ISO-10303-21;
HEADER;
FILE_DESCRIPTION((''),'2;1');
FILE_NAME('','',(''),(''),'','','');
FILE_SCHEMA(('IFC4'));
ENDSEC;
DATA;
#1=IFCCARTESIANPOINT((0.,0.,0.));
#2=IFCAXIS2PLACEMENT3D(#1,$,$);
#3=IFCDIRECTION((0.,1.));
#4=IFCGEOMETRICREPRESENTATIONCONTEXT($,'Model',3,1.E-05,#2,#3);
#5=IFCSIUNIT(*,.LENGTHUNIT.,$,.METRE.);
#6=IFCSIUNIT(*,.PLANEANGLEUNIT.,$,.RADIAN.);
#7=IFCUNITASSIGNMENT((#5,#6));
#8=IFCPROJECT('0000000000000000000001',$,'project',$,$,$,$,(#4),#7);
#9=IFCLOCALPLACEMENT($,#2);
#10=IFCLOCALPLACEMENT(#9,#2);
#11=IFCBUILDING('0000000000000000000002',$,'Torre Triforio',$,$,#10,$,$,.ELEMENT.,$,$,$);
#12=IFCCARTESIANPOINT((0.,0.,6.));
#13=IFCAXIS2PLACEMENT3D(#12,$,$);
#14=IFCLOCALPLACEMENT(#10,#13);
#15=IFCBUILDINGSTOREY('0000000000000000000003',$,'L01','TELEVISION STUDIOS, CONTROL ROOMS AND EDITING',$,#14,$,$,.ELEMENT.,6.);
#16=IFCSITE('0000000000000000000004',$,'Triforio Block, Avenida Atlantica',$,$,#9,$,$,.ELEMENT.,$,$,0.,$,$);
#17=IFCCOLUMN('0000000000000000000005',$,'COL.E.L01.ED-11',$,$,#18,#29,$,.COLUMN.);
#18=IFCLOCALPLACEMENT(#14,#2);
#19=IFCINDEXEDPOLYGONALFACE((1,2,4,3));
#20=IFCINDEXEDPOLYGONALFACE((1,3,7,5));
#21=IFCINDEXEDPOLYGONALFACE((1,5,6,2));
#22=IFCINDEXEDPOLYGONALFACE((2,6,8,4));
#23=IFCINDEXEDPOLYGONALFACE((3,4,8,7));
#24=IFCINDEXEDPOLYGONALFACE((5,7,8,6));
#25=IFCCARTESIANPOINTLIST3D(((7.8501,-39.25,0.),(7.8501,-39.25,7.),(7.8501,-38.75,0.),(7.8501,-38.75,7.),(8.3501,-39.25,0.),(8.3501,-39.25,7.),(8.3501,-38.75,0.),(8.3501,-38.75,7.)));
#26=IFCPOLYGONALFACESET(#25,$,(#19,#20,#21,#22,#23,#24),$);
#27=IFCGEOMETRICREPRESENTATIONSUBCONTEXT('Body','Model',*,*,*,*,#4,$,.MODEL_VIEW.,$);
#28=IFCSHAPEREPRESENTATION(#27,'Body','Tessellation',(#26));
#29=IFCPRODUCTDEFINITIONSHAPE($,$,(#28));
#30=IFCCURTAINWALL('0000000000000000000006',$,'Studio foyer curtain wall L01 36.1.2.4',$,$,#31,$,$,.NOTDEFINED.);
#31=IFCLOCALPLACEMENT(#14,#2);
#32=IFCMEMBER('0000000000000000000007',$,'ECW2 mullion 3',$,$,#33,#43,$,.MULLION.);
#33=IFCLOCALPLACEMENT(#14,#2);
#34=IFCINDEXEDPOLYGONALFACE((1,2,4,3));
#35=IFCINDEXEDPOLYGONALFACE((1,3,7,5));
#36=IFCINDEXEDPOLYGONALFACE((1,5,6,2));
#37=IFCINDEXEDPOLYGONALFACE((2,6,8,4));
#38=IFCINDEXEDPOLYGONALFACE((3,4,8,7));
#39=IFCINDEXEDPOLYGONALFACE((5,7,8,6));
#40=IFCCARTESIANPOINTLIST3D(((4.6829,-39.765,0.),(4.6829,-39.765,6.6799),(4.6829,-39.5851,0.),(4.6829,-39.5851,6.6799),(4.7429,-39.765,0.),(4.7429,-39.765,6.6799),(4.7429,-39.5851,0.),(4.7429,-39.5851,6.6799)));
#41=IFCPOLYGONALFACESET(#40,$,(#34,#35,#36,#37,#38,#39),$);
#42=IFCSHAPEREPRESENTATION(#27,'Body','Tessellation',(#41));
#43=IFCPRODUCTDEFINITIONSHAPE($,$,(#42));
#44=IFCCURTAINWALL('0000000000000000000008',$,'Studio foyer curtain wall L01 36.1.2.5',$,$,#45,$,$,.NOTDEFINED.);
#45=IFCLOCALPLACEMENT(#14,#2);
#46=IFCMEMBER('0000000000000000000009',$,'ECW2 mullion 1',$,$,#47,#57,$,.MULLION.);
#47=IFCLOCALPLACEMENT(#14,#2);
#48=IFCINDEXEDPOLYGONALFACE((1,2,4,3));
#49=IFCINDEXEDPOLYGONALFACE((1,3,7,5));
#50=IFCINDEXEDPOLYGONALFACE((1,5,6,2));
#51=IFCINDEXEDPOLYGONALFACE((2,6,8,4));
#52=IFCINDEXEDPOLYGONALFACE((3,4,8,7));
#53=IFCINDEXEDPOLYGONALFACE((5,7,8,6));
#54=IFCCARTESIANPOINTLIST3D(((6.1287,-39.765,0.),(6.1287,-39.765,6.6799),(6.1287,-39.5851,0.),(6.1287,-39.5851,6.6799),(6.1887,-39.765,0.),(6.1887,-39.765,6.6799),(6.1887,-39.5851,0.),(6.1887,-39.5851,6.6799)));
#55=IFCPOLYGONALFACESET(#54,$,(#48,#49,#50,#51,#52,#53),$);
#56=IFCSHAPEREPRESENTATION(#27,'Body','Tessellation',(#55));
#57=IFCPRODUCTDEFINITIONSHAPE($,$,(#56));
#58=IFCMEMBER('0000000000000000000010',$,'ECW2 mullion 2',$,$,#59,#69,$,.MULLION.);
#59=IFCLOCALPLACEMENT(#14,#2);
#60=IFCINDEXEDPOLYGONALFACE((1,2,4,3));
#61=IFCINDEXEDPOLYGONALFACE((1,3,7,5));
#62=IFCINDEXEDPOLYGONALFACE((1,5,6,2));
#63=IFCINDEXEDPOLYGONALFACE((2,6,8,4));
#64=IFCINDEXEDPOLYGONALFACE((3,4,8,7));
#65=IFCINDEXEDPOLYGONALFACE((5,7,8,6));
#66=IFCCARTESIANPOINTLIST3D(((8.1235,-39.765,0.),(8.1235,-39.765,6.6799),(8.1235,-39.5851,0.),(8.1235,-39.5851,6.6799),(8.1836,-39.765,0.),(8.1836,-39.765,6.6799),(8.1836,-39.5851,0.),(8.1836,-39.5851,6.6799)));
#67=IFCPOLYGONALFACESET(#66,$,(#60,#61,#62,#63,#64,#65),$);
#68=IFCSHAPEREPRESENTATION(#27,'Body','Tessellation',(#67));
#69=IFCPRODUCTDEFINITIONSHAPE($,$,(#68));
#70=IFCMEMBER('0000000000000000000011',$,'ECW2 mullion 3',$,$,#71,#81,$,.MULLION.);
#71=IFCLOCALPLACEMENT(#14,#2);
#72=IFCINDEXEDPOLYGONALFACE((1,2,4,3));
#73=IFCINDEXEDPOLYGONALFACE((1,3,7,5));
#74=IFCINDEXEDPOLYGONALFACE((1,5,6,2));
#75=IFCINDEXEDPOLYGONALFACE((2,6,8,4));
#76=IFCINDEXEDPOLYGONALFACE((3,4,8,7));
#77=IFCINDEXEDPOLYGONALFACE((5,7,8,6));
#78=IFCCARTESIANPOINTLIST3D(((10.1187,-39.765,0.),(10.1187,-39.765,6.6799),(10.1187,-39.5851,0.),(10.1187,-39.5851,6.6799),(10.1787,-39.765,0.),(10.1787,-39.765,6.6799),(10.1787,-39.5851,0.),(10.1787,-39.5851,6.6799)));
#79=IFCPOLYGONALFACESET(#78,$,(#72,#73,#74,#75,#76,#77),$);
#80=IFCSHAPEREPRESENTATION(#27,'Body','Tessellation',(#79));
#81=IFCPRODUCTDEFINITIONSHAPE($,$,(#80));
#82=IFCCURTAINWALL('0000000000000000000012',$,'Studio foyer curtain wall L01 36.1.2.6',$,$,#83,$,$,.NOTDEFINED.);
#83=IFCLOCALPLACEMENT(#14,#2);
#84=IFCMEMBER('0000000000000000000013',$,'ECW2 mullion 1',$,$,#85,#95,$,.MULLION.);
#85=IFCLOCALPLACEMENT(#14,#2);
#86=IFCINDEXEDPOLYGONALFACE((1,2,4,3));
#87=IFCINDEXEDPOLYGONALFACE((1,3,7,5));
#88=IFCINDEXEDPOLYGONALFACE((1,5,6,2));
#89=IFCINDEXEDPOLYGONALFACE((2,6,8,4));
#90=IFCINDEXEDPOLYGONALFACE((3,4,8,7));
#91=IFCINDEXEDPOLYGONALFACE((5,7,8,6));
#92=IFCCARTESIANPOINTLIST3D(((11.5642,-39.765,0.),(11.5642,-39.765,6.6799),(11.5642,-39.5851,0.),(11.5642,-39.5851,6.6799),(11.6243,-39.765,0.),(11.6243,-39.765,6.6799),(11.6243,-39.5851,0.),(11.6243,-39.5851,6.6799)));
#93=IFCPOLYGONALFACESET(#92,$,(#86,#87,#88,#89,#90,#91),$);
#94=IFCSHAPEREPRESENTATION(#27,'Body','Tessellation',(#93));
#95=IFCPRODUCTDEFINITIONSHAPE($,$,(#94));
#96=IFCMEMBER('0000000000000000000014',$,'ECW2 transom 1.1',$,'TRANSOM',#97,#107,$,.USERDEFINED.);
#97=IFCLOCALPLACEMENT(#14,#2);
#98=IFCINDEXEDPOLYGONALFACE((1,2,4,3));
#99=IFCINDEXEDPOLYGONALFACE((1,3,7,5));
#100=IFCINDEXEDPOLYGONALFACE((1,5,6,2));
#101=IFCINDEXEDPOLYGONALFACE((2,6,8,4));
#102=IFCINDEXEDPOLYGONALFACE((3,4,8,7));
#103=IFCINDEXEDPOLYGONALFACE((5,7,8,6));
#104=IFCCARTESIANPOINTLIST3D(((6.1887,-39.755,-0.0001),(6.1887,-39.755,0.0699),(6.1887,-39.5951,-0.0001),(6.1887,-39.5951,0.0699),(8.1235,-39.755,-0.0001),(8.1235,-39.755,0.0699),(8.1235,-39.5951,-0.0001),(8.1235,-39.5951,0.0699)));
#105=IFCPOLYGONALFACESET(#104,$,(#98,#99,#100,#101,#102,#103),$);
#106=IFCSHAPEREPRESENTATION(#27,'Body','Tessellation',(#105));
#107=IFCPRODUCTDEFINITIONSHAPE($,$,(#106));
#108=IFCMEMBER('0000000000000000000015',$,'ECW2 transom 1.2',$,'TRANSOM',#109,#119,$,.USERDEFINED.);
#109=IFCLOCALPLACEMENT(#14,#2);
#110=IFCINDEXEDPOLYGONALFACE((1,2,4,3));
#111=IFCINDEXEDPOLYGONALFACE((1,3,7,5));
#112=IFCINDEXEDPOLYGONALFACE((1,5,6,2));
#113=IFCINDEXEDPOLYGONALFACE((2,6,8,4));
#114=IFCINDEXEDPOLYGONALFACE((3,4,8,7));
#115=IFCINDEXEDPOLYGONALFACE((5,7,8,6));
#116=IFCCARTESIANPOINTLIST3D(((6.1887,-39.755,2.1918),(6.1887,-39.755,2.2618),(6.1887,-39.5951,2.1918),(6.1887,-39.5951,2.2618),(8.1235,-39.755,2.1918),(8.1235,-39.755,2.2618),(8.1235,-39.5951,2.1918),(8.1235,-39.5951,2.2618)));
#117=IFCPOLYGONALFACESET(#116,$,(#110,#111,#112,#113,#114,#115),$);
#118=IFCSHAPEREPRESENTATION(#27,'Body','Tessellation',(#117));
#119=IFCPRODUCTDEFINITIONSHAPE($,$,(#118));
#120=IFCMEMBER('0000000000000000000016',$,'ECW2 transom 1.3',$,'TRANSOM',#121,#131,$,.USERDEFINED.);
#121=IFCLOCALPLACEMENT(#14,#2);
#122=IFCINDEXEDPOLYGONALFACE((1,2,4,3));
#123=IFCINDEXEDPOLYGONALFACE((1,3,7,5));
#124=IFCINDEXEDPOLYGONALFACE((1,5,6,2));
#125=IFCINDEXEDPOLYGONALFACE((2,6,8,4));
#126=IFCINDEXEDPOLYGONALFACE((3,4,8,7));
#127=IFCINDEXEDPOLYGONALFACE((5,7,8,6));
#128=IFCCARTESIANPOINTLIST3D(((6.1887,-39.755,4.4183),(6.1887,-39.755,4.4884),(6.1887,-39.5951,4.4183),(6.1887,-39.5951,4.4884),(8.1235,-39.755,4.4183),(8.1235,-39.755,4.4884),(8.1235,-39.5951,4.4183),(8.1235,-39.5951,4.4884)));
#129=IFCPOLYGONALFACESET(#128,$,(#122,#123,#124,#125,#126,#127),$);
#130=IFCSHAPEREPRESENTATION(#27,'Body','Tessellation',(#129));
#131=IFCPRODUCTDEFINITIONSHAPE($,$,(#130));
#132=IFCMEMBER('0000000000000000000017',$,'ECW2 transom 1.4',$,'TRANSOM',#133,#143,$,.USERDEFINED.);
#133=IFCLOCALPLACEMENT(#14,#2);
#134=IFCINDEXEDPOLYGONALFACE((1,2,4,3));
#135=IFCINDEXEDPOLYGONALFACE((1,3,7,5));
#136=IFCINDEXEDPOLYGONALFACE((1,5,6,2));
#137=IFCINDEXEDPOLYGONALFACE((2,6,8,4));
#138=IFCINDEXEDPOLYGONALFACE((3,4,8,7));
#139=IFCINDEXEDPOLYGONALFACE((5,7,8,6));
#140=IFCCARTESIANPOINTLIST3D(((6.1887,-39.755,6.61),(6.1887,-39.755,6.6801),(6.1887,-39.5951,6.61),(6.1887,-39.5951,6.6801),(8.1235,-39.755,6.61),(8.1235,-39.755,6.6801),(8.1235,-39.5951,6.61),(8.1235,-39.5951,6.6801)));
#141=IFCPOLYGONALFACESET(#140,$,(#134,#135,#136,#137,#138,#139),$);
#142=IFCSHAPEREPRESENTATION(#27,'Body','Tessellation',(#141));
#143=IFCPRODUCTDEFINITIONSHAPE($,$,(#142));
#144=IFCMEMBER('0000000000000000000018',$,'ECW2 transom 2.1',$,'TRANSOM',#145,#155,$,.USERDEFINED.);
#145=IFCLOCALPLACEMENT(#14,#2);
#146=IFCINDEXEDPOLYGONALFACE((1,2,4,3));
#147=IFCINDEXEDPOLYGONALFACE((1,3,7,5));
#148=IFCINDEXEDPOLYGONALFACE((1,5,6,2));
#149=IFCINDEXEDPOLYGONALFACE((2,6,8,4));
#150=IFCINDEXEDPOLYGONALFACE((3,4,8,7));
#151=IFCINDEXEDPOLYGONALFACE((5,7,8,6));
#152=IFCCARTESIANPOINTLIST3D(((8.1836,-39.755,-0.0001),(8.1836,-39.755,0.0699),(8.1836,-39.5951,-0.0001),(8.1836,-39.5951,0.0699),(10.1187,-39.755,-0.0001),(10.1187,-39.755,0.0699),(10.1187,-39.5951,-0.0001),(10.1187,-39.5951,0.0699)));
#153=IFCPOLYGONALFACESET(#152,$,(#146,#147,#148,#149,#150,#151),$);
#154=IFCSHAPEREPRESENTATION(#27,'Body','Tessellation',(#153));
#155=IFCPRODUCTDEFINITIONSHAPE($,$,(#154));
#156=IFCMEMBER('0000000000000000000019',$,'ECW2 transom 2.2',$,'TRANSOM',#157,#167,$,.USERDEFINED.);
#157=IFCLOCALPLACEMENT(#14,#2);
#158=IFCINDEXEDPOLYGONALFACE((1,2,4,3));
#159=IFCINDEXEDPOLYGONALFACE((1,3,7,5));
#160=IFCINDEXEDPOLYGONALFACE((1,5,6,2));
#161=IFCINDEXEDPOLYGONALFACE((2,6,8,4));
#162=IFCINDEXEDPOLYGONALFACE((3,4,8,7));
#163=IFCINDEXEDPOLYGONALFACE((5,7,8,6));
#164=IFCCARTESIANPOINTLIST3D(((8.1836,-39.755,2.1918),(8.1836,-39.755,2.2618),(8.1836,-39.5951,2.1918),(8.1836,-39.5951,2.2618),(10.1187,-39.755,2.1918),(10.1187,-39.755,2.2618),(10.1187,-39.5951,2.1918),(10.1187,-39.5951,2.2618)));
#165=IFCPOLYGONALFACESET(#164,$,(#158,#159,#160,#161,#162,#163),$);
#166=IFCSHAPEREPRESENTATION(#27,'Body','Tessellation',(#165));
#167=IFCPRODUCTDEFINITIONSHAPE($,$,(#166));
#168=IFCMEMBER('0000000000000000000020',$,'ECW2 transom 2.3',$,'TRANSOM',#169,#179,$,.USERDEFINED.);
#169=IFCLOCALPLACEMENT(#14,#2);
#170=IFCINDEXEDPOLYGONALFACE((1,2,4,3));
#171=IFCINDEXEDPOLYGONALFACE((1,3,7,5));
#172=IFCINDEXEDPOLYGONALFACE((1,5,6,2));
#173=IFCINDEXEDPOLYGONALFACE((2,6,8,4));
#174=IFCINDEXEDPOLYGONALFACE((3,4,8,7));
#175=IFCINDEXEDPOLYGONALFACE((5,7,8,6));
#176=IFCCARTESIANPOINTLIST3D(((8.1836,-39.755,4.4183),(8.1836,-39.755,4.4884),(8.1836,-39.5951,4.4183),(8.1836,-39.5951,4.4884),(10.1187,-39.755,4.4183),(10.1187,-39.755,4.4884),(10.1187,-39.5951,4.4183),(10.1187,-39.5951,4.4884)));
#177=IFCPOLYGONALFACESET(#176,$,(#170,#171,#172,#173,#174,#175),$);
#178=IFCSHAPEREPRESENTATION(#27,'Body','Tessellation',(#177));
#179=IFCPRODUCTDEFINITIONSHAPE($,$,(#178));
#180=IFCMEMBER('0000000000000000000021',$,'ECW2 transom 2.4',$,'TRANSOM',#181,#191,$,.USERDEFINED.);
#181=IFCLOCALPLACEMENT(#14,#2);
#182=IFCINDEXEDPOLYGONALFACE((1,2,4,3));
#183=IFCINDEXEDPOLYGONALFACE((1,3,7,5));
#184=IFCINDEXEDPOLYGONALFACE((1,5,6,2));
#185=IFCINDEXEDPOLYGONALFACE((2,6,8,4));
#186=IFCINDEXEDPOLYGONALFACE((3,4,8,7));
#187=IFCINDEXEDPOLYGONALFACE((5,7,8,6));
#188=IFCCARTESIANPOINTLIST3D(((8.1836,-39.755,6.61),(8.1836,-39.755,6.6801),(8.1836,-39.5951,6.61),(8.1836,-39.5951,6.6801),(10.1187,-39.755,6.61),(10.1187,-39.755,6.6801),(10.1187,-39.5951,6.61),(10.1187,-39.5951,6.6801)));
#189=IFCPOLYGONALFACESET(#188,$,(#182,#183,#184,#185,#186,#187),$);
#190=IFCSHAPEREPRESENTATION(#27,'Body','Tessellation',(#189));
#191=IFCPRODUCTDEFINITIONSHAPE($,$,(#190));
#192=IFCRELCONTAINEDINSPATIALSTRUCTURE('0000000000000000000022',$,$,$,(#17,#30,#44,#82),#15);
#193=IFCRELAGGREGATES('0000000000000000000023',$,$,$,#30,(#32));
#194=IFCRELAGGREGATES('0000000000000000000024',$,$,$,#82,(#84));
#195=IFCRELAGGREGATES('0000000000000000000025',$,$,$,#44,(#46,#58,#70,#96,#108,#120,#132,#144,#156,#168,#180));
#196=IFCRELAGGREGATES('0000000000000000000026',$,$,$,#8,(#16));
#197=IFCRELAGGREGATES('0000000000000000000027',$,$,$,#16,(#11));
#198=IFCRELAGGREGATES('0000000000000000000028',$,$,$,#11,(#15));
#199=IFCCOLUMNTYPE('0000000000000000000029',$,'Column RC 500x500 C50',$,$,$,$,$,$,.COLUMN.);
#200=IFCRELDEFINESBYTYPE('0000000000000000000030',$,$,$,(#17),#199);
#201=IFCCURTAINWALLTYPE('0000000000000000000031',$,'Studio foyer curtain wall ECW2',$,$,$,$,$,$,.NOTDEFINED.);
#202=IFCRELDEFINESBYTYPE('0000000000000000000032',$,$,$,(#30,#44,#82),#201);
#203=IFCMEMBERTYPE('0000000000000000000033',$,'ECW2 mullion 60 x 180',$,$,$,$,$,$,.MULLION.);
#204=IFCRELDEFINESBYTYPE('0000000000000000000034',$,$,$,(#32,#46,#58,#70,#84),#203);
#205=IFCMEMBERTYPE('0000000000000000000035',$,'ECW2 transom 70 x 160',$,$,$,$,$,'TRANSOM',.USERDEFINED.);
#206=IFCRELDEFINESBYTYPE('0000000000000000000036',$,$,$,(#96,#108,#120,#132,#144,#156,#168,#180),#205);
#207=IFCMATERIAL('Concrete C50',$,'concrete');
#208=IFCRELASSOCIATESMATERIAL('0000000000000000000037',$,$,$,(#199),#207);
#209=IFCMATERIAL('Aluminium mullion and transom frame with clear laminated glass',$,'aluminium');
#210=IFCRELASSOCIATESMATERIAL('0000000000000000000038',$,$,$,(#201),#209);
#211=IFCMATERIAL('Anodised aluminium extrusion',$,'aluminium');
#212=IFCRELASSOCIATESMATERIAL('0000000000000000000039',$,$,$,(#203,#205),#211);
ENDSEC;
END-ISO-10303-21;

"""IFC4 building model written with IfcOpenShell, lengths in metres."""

from ifc_helpers import new_model, si_unit, direction, frame, origin, origin_2d, place, context, subcontext, project, spatial, rectangle, extrude, material, material_profile, profile_set, type_object, element, aggregate, save


model = new_model("IFC4")

# Units and contexts
model_context = context("Model", 3, precision=1e-05, world=origin(), true_north=direction((0.0, 1.0)))
body_context = subcontext(model_context, "Body", "Model", "MODEL_VIEW")
ifc_project = project(units=[si_unit("LENGTHUNIT", "METRE"), si_unit("PLANEANGLEUNIT", "RADIAN")], contexts=[model_context])

# Site, building, storey
site_placement = place(None, origin())
site = spatial("IfcSite", under=ifc_project, at=site_placement, Name="Triforio Block, Avenida Atlantica", CompositionType="ELEMENT", RefElevation=0.0)
building_placement = place(site_placement, origin())
building = spatial("IfcBuilding", under=site, at=building_placement, Name="Torre Triforio", CompositionType="ELEMENT")
storey_placement = place(building_placement, frame((0.0, 0.0, 6.0)))
storey = spatial("IfcBuildingStorey", under=building, at=storey_placement, Name="L01", Description="TELEVISION STUDIOS, CONTROL ROOMS AND EDITING", CompositionType="ELEMENT", Elevation=6.0)

# Column
ifc_material_1 = material(Name="Concrete C50", Category="concrete")
ifc_material_profile_1 = material_profile(ifc_material_1, rectangle(XDim=0.5, YDim=0.5, at=origin_2d()), Name="RC 500x500")
ifc_profile_set_1 = profile_set([ifc_material_profile_1], Name="Concrete C50")
column_type = type_object("IfcColumnType", Name="Column RC 500x500 C50", PredefinedType="COLUMN", material=ifc_profile_set_1)
column_placement = place(storey_placement, frame((8.1001, -39.0, 0.0), z_axis=(0.0, 0.0, 1.0), x_axis=(1.0, 0.0, 0.0)))
element("IfcColumn", 1, at=column_placement, inside=storey, type_object=column_type, Name="COL.E.L01.ED-11", PredefinedType="COLUMN", context=body_context, shape_type="SweptSolid", body=[
    extrude(rectangle(XDim=0.5, YDim=0.5, at=origin_2d()), origin(), (0.0, 0.0, 1.0), 7.0),
])

# Curtain wall, member
ifc_material_2 = material(Name="Aluminium mullion and transom frame with clear laminated glass", Category="aluminium")
curtain_wall_type = type_object("IfcCurtainWallType", Name="Studio foyer curtain wall ECW2", PredefinedType="NOTDEFINED", material=ifc_material_2)
curtain_wall_1_placement = place(storey_placement, origin())
curtain_wall_1 = element("IfcCurtainWall", 2, at=curtain_wall_1_placement, inside=storey, type_object=curtain_wall_type, Name="Studio foyer curtain wall L01 36.1.2.4", PredefinedType="NOTDEFINED")
ifc_material_3 = material(Name="Anodised aluminium extrusion", Category="aluminium")
ifc_material_profile_2 = material_profile(ifc_material_3, rectangle(XDim=0.1799, YDim=0.0601, at=origin_2d()), Name="ECW2 MULLION 60x180")
ifc_profile_set_2 = profile_set([ifc_material_profile_2], Name="Anodised aluminium extrusion")
member_type_1 = type_object("IfcMemberType", Name="ECW2 mullion 60 x 180", PredefinedType="MULLION", material=ifc_profile_set_2)
member_1_placement = place(storey_placement, frame((4.7129, -39.675, 0.0), z_axis=(0.0, 0.0, 1.0), x_axis=(0.0, 1.0, 0.0)))
member_1 = element("IfcMember", 3, at=member_1_placement, type_object=member_type_1, Name="ECW2 mullion 3", PredefinedType="MULLION", context=body_context, shape_type="SweptSolid", body=[
    extrude(rectangle(XDim=0.1799, YDim=0.0601, at=origin_2d()), origin(), (0.0, 0.0, 1.0), 6.6799),
])
aggregate(curtain_wall_1, [member_1])

# Curtain wall, members
curtain_wall_2_placement = place(storey_placement, origin())
curtain_wall_2 = element("IfcCurtainWall", 4, at=curtain_wall_2_placement, inside=storey, type_object=curtain_wall_type, Name="Studio foyer curtain wall L01 36.1.2.5", PredefinedType="NOTDEFINED")
member_2_placement = place(storey_placement, frame((6.1587, -39.675, 0.0), z_axis=(0.0, 0.0, 1.0), x_axis=(0.0, 1.0, 0.0)))
member_2 = element("IfcMember", 5, at=member_2_placement, type_object=member_type_1, Name="ECW2 mullion 1", PredefinedType="MULLION", context=body_context, shape_type="SweptSolid", body=[
    extrude(rectangle(XDim=0.1799, YDim=0.0601, at=origin_2d()), origin(), (0.0, 0.0, 1.0), 6.6799),
])
member_3_placement = place(storey_placement, frame((8.1536, -39.675, 0.0), z_axis=(0.0, 0.0, 1.0), x_axis=(0.0, 1.0, 0.0)))
member_3 = element("IfcMember", 6, at=member_3_placement, type_object=member_type_1, Name="ECW2 mullion 2", PredefinedType="MULLION", context=body_context, shape_type="SweptSolid", body=[
    extrude(rectangle(XDim=0.1799, YDim=0.0601, at=origin_2d()), origin(), (0.0, 0.0, 1.0), 6.6799),
])
member_4_placement = place(storey_placement, frame((10.1487, -39.675, 0.0), z_axis=(0.0, 0.0, 1.0), x_axis=(0.0, 1.0, 0.0)))
member_4 = element("IfcMember", 7, at=member_4_placement, type_object=member_type_1, Name="ECW2 mullion 3", PredefinedType="MULLION", context=body_context, shape_type="SweptSolid", body=[
    extrude(rectangle(XDim=0.1799, YDim=0.0601, at=origin_2d()), origin(), (0.0, 0.0, 1.0), 6.6799),
])

# Curtain wall, member
curtain_wall_3_placement = place(storey_placement, origin())
curtain_wall_3 = element("IfcCurtainWall", 8, at=curtain_wall_3_placement, inside=storey, type_object=curtain_wall_type, Name="Studio foyer curtain wall L01 36.1.2.6", PredefinedType="NOTDEFINED")
member_5_placement = place(storey_placement, frame((11.5942, -39.675, 0.0), z_axis=(0.0, 0.0, 1.0), x_axis=(0.0, 1.0, 0.0)))
member_5 = element("IfcMember", 9, at=member_5_placement, type_object=member_type_1, Name="ECW2 mullion 1", PredefinedType="MULLION", context=body_context, shape_type="SweptSolid", body=[
    extrude(rectangle(XDim=0.1799, YDim=0.0601, at=origin_2d()), origin(), (0.0, 0.0, 1.0), 6.6799),
])

# Members
ifc_material_profile_3 = material_profile(ifc_material_3, rectangle(XDim=0.1599, YDim=0.0701, at=origin_2d()), Name="ECW2 TRANSOM 70x160")
ifc_profile_set_3 = profile_set([ifc_material_profile_3], Name="Anodised aluminium extrusion")
member_type_2 = type_object("IfcMemberType", Name="ECW2 transom 70 x 160", ElementType="TRANSOM", PredefinedType="USERDEFINED", material=ifc_profile_set_3)
member_6_placement = place(storey_placement, frame((6.1887, -39.675, 0.0349), z_axis=(1.0, 0.0, 0.0), x_axis=(0.0, 1.0, 0.0)))
member_6 = element("IfcMember", 10, at=member_6_placement, type_object=member_type_2, Name="ECW2 transom 1.1", ObjectType="TRANSOM", PredefinedType="USERDEFINED", context=body_context, shape_type="SweptSolid", body=[
    extrude(rectangle(XDim=0.1599, YDim=0.0701, at=origin_2d()), origin(), (0.0, 0.0, 1.0), 1.9348),
])
member_7_placement = place(storey_placement, frame((6.1887, -39.675, 2.2268), z_axis=(1.0, 0.0, 0.0), x_axis=(0.0, 1.0, 0.0)))
member_7 = element("IfcMember", 11, at=member_7_placement, type_object=member_type_2, Name="ECW2 transom 1.2", ObjectType="TRANSOM", PredefinedType="USERDEFINED", context=body_context, shape_type="SweptSolid", body=[
    extrude(rectangle(XDim=0.1599, YDim=0.0701, at=origin_2d()), origin(), (0.0, 0.0, 1.0), 1.9348),
])
member_8_placement = place(storey_placement, frame((6.1887, -39.675, 4.4534), z_axis=(1.0, 0.0, 0.0), x_axis=(0.0, 1.0, 0.0)))
member_8 = element("IfcMember", 12, at=member_8_placement, type_object=member_type_2, Name="ECW2 transom 1.3", ObjectType="TRANSOM", PredefinedType="USERDEFINED", context=body_context, shape_type="SweptSolid", body=[
    extrude(rectangle(XDim=0.1599, YDim=0.0701, at=origin_2d()), origin(), (0.0, 0.0, 1.0), 1.9348),
])
member_9_placement = place(storey_placement, frame((6.1887, -39.675, 6.645), z_axis=(1.0, 0.0, 0.0), x_axis=(0.0, 1.0, 0.0)))
member_9 = element("IfcMember", 13, at=member_9_placement, type_object=member_type_2, Name="ECW2 transom 1.4", ObjectType="TRANSOM", PredefinedType="USERDEFINED", context=body_context, shape_type="SweptSolid", body=[
    extrude(rectangle(XDim=0.1599, YDim=0.0701, at=origin_2d()), origin(), (0.0, 0.0, 1.0), 1.9348),
])
member_10_placement = place(storey_placement, frame((8.1836, -39.675, 0.0349), z_axis=(1.0, 0.0, 0.0), x_axis=(0.0, 1.0, 0.0)))
member_10 = element("IfcMember", 14, at=member_10_placement, type_object=member_type_2, Name="ECW2 transom 2.1", ObjectType="TRANSOM", PredefinedType="USERDEFINED", context=body_context, shape_type="SweptSolid", body=[
    extrude(rectangle(XDim=0.1599, YDim=0.0701, at=origin_2d()), origin(), (0.0, 0.0, 1.0), 1.9351),
])
member_11_placement = place(storey_placement, frame((8.1836, -39.675, 2.2268), z_axis=(1.0, 0.0, 0.0), x_axis=(0.0, 1.0, 0.0)))
member_11 = element("IfcMember", 15, at=member_11_placement, type_object=member_type_2, Name="ECW2 transom 2.2", ObjectType="TRANSOM", PredefinedType="USERDEFINED", context=body_context, shape_type="SweptSolid", body=[
    extrude(rectangle(XDim=0.1599, YDim=0.0701, at=origin_2d()), origin(), (0.0, 0.0, 1.0), 1.9351),
])
member_12_placement = place(storey_placement, frame((8.1836, -39.675, 4.4534), z_axis=(1.0, 0.0, 0.0), x_axis=(0.0, 1.0, 0.0)))
member_12 = element("IfcMember", 16, at=member_12_placement, type_object=member_type_2, Name="ECW2 transom 2.3", ObjectType="TRANSOM", PredefinedType="USERDEFINED", context=body_context, shape_type="SweptSolid", body=[
    extrude(rectangle(XDim=0.1599, YDim=0.0701, at=origin_2d()), origin(), (0.0, 0.0, 1.0), 1.9351),
])
member_13_placement = place(storey_placement, frame((8.1836, -39.675, 6.645), z_axis=(1.0, 0.0, 0.0), x_axis=(0.0, 1.0, 0.0)))
member_13 = element("IfcMember", 17, at=member_13_placement, type_object=member_type_2, Name="ECW2 transom 2.4", ObjectType="TRANSOM", PredefinedType="USERDEFINED", context=body_context, shape_type="SweptSolid", body=[
    extrude(rectangle(XDim=0.1599, YDim=0.0701, at=origin_2d()), origin(), (0.0, 0.0, 1.0), 1.9351),
])
aggregate(curtain_wall_3, [member_5])

aggregate(curtain_wall_2, [member_2, member_3, member_4, member_6, member_7, member_8, member_9, member_10, member_11, member_12, member_13])

save(model, "model.ifc")
